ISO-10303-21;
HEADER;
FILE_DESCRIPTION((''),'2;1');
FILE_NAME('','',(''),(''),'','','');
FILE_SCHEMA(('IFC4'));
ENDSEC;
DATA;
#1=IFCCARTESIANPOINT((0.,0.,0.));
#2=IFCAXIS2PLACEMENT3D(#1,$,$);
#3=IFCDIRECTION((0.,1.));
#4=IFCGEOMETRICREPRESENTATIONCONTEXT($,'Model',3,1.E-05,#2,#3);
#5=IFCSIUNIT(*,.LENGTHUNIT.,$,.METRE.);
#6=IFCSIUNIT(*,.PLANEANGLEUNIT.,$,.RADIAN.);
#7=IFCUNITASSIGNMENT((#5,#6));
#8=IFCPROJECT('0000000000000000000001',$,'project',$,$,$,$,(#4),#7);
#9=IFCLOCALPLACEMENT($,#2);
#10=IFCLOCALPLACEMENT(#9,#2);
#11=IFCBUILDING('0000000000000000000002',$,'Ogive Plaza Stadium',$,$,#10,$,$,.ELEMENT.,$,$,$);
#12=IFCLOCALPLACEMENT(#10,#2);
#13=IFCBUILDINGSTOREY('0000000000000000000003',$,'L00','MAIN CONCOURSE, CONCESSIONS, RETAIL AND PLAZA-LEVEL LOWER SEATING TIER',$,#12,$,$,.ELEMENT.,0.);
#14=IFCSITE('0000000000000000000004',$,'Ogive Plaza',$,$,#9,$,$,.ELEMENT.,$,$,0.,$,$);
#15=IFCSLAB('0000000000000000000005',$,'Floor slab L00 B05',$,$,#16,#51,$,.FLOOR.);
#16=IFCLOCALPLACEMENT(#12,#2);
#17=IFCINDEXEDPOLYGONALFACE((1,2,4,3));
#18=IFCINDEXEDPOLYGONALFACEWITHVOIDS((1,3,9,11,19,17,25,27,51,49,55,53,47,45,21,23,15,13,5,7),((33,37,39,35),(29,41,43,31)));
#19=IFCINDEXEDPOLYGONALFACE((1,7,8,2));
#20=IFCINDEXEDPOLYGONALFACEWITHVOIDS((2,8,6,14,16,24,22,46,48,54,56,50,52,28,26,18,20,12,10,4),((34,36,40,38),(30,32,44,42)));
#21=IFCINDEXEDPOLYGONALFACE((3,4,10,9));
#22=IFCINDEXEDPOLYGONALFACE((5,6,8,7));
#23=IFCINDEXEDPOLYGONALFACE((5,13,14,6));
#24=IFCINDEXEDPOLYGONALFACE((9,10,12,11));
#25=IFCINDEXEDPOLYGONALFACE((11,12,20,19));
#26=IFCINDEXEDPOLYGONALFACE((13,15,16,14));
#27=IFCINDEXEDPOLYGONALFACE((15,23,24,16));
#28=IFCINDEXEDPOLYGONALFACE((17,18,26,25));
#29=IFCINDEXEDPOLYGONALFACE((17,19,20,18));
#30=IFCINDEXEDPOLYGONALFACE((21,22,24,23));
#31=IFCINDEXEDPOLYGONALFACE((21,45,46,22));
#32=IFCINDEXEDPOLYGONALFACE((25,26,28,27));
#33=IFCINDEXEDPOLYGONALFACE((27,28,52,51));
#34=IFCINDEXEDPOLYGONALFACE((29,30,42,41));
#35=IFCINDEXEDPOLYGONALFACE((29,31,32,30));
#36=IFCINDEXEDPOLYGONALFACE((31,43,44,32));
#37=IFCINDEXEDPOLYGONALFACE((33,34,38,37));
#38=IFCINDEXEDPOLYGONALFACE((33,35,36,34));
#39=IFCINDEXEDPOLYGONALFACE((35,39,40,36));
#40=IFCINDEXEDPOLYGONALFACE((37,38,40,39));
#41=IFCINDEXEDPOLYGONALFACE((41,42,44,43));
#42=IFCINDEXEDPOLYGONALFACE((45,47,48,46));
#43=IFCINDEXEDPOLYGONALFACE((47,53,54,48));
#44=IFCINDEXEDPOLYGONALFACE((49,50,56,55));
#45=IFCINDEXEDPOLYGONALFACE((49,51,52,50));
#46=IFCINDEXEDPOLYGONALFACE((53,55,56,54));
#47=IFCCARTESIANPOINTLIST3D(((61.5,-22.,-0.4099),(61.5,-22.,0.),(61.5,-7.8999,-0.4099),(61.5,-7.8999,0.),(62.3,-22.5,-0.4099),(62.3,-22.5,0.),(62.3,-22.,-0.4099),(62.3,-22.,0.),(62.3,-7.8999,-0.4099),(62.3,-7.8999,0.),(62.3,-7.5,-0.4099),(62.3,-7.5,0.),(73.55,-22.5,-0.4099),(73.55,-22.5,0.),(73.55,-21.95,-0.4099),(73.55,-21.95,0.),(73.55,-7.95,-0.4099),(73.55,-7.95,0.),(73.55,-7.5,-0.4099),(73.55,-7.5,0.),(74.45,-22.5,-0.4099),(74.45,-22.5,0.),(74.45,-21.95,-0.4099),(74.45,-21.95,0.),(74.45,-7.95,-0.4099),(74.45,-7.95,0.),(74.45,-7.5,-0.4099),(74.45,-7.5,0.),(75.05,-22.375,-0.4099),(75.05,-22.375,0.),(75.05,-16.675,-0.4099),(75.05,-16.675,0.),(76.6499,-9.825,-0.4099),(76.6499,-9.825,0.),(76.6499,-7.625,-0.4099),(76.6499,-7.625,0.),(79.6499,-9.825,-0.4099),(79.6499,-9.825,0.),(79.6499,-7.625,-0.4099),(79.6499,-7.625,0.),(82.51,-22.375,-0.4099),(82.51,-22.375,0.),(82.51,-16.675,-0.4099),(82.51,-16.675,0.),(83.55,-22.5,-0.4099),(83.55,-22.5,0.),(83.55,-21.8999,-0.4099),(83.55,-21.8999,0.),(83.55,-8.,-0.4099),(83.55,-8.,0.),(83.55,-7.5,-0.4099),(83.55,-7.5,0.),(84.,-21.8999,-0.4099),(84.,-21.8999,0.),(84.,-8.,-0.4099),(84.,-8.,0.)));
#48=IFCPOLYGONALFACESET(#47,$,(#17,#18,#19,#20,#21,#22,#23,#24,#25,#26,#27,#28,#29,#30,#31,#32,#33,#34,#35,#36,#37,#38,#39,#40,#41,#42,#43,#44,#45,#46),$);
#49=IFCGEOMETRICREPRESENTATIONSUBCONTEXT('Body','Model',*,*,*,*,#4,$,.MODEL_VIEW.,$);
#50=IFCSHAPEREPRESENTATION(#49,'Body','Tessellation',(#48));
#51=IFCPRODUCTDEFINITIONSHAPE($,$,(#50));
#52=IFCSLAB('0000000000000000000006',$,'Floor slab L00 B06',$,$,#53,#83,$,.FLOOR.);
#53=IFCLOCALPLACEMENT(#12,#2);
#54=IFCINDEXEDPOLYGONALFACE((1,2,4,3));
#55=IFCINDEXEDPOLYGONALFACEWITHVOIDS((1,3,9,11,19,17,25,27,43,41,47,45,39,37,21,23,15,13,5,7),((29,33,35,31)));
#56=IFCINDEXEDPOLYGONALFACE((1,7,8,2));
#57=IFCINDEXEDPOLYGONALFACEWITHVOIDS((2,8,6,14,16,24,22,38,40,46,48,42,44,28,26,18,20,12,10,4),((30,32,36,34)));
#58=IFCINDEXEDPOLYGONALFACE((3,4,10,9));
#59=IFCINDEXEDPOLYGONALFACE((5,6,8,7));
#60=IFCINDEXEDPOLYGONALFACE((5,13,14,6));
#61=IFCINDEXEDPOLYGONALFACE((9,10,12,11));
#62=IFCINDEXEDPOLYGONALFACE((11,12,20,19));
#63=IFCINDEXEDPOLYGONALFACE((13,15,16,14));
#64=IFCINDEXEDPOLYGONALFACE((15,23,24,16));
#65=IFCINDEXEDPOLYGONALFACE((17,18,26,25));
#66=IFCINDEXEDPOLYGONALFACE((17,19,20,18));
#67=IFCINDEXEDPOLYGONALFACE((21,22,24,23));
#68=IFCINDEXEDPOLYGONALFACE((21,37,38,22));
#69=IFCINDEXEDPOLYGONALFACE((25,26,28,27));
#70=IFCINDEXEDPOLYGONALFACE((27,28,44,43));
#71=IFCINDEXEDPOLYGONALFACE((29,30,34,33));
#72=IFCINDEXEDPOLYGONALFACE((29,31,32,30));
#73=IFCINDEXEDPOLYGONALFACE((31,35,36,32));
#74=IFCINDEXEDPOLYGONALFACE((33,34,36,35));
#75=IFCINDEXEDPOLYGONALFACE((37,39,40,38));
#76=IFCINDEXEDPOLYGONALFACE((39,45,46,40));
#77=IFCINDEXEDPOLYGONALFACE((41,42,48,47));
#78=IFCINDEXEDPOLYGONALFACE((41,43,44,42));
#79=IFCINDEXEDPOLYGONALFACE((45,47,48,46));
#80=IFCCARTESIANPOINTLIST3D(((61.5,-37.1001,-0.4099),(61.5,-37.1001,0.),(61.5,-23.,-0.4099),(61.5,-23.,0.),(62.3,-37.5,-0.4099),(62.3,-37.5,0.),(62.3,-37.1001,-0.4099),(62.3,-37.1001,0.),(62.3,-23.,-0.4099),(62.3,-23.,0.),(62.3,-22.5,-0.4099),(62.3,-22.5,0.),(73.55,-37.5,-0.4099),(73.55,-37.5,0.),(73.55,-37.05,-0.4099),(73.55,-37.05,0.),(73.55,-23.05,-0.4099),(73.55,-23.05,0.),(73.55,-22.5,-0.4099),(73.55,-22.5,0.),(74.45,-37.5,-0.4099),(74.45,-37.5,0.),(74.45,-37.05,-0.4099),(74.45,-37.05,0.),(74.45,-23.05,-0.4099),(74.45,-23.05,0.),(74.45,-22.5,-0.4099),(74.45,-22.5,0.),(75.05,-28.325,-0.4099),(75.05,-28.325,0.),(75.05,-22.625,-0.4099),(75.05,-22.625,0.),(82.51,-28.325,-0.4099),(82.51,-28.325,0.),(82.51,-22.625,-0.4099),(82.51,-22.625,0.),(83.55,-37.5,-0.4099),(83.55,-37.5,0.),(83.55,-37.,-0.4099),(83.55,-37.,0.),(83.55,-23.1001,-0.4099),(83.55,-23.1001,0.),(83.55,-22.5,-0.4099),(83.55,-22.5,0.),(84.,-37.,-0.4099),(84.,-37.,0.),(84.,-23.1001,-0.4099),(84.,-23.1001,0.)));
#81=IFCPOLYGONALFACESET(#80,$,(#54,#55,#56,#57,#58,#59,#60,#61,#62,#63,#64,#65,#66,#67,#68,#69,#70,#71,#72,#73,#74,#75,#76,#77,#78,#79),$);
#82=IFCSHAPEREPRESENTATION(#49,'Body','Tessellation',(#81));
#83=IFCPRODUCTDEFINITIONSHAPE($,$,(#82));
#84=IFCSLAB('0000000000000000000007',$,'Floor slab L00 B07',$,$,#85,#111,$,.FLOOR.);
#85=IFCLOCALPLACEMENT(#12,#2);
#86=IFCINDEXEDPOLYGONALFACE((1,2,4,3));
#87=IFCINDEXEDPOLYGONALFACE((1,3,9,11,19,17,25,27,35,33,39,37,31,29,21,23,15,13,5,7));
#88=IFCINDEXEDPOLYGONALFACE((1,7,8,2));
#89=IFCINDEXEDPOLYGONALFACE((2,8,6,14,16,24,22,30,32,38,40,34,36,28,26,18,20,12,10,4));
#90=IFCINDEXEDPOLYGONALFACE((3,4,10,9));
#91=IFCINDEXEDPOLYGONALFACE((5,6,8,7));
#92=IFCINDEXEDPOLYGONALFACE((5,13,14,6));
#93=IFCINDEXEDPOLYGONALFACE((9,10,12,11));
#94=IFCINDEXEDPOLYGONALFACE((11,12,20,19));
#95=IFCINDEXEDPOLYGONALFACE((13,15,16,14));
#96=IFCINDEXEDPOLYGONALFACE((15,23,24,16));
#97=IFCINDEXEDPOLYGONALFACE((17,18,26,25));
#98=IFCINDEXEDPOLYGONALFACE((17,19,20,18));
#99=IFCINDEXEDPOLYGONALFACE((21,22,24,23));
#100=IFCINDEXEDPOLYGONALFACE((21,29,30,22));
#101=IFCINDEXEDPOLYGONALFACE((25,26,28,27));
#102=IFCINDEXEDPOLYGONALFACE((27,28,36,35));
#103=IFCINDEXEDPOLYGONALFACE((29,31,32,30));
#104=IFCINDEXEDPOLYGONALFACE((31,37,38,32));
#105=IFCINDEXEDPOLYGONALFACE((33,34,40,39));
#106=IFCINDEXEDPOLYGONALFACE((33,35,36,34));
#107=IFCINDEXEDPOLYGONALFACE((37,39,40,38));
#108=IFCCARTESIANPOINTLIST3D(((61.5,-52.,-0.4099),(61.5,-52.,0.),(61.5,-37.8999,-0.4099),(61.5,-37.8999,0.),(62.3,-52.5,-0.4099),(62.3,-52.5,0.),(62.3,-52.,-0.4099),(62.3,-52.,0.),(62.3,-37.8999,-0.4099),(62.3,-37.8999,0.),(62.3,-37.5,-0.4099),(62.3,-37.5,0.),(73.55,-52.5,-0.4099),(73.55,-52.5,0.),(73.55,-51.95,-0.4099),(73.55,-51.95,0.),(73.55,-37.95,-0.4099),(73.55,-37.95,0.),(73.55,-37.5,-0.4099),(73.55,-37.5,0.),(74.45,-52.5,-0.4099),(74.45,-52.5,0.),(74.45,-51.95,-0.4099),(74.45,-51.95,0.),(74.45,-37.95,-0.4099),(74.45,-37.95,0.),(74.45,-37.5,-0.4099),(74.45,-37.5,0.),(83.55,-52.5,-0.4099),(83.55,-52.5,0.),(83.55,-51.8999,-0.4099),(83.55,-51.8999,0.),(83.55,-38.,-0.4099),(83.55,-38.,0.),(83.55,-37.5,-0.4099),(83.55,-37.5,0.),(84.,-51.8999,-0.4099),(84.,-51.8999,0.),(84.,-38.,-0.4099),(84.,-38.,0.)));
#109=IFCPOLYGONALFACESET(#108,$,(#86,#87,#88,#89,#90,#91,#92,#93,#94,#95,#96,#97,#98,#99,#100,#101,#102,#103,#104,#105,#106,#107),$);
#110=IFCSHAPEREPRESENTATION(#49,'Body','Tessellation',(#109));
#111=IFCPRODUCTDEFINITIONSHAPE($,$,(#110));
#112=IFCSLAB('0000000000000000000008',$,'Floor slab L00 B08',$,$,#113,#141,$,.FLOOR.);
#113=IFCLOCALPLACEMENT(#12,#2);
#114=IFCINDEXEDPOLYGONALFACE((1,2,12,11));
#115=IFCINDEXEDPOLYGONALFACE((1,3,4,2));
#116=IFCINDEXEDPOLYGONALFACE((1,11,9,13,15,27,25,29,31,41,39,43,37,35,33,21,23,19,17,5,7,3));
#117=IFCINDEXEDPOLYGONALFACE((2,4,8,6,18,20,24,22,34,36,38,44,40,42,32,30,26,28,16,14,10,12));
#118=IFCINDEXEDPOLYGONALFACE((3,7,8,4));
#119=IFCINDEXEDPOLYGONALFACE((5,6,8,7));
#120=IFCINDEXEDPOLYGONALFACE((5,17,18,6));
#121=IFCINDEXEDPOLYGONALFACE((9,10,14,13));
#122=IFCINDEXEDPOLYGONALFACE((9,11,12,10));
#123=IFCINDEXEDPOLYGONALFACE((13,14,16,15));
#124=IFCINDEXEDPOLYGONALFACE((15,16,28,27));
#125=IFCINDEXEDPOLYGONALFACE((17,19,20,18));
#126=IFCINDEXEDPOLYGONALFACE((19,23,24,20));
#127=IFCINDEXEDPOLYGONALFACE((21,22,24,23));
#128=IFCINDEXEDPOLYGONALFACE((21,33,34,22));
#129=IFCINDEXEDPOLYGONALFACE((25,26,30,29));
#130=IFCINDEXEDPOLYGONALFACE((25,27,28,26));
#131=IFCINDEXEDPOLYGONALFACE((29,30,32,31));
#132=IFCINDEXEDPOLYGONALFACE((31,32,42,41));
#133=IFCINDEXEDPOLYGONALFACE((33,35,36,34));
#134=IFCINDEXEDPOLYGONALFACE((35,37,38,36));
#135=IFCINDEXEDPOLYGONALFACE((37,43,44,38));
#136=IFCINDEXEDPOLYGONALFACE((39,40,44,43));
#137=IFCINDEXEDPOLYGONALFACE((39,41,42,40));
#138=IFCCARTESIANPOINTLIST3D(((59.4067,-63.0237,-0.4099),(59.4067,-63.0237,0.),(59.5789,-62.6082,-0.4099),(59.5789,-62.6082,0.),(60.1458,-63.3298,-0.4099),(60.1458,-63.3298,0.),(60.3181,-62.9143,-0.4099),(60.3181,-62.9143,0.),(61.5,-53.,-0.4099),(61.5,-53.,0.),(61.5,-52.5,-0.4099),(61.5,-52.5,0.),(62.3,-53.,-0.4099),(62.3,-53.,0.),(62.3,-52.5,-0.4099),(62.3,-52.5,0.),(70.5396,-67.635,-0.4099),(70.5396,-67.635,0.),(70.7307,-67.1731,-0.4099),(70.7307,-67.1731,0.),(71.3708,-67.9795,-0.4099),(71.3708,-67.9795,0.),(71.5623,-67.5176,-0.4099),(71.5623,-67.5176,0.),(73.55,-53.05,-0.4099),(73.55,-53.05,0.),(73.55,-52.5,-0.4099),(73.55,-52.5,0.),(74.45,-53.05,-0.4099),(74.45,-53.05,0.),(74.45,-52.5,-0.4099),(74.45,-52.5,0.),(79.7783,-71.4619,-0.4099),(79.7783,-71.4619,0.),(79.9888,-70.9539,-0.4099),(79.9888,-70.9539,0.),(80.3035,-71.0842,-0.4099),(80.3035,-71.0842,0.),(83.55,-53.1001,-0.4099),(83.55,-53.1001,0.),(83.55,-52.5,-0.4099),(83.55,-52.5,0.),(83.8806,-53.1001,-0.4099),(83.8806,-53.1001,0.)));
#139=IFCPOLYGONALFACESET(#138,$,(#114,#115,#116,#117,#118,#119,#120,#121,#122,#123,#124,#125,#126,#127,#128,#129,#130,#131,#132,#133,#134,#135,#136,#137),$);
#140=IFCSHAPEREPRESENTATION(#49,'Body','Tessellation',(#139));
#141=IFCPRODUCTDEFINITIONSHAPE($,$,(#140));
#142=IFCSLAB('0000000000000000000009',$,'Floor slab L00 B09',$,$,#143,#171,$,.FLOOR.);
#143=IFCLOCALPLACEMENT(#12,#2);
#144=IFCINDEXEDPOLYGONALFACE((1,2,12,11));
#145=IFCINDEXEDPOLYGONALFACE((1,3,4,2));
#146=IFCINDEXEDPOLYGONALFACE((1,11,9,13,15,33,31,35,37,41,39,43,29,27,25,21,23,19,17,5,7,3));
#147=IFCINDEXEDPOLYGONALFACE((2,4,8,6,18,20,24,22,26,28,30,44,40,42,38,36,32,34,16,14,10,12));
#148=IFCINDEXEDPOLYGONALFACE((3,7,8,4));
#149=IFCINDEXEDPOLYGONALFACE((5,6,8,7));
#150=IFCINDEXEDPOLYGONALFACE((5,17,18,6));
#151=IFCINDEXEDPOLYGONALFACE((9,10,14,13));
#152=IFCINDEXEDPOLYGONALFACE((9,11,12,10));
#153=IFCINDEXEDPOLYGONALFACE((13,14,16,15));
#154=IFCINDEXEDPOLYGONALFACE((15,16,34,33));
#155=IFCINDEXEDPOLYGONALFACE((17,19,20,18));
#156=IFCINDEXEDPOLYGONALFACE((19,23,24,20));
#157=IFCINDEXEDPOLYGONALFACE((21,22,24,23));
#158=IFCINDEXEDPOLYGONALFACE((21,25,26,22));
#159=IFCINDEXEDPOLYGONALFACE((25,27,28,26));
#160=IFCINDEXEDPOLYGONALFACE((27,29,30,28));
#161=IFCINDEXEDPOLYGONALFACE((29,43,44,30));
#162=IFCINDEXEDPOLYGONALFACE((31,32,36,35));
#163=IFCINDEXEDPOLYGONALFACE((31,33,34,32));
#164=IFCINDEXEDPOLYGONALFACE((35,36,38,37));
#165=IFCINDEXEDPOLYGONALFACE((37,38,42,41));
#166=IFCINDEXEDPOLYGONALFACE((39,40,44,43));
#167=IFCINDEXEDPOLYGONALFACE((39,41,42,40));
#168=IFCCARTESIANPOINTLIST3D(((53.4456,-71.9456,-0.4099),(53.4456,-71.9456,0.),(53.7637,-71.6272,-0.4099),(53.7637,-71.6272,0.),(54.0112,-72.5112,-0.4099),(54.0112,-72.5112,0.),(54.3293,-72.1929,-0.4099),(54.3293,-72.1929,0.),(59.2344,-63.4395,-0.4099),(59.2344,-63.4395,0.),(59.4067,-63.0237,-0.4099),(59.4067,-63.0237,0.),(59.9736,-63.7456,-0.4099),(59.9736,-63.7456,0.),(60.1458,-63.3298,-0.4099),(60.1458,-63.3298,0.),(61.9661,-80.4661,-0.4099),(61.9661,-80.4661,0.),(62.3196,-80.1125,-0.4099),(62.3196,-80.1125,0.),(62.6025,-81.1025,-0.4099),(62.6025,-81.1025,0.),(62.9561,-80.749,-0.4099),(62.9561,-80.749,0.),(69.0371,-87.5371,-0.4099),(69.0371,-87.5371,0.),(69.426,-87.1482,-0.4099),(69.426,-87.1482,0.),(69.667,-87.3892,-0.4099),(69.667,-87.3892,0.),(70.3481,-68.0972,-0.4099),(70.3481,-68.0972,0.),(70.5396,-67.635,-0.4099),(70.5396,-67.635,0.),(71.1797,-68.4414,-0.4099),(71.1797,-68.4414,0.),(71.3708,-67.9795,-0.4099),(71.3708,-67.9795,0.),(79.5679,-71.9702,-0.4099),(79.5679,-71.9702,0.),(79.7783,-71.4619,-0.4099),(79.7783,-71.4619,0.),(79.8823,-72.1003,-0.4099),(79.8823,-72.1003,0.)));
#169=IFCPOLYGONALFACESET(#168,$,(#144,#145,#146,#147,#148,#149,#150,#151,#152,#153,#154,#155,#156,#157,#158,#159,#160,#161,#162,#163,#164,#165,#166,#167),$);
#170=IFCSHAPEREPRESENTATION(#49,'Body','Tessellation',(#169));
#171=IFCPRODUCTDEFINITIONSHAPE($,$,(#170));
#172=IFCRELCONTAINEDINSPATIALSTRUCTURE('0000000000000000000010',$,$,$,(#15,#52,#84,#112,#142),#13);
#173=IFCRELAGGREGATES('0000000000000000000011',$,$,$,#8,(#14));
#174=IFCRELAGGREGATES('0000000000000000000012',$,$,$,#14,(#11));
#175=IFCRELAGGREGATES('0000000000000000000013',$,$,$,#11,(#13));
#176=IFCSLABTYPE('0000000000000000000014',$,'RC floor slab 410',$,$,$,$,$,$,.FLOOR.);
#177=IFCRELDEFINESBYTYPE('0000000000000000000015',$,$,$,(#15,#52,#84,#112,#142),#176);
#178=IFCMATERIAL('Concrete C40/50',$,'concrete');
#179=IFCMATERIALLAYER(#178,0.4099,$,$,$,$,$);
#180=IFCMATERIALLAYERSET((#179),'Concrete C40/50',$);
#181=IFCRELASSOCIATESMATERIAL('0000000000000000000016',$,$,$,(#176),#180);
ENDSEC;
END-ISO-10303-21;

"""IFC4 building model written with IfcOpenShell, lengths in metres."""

from ifc_helpers import new_model, si_unit, direction, frame, origin, place, context, subcontext, project, spatial, polyline, outline, extrude, material, layer, layer_set, type_object, element, save


model = new_model("IFC4")

# Units and contexts
model_context = context("Model", 3, precision=1e-05, world=origin(), true_north=direction((0.0, 1.0)))
body_context = subcontext(model_context, "Body", "Model", "MODEL_VIEW")
ifc_project = project(units=[si_unit("LENGTHUNIT", "METRE"), si_unit("PLANEANGLEUNIT", "RADIAN")], contexts=[model_context])

# Site, building, storey
site_placement = place(None, origin())
site = spatial("IfcSite", under=ifc_project, at=site_placement, Name="Ogive Plaza", CompositionType="ELEMENT", RefElevation=0.0)
building_placement = place(site_placement, origin())
building = spatial("IfcBuilding", under=site, at=building_placement, Name="Ogive Plaza Stadium", CompositionType="ELEMENT")
storey_placement = place(building_placement, origin())
storey = spatial("IfcBuildingStorey", under=building, at=storey_placement, Name="L00", Description="MAIN CONCOURSE, CONCESSIONS, RETAIL AND PLAZA-LEVEL LOWER SEATING TIER", CompositionType="ELEMENT", Elevation=0.0)

# Slabs
ifc_material = material(Name="Concrete C40/50", Category="concrete")
ifc_layer = layer(ifc_material, 0.4099)
ifc_layer_set = layer_set([ifc_layer], Name="Concrete C40/50")
slab_type = type_object("IfcSlabType", Name="RC floor slab 410", PredefinedType="FLOOR", material=ifc_layer_set)
slab_1_placement = place(storey_placement, frame((0.0, 0.0, -0.4099)))
element("IfcSlab", 1, at=slab_1_placement, inside=storey, type_object=slab_type, Name="Floor slab L00 B05", PredefinedType="FLOOR", context=body_context, shape_type="SweptSolid", body=[
    extrude(outline(polyline([(73.55, -22.5), (73.55, -21.95), (74.45, -21.95), (74.45, -22.5), (83.55, -22.5), (83.55, -21.8999), (84.0, -21.8999), (84.0, -8.0), (83.55, -8.0), (83.55, -7.5), (74.45, -7.5), (74.45, -7.95), (73.55, -7.95), (73.55, -7.5), (62.3, -7.5), (62.3, -7.8999), (61.5, -7.8999), (61.5, -22.0), (62.3, -22.0), (62.3, -22.5), (73.55, -22.5)]), holes=[polyline([(75.05, -16.675), (75.05, -22.375), (82.51, -22.375), (82.51, -16.675), (75.05, -16.675)]), polyline([(76.6499, -7.625), (76.6499, -9.825), (79.6499, -9.825), (79.6499, -7.625), (76.6499, -7.625)])]), origin(), (0.0, 0.0, 1.0), 0.4099),
])
slab_2_placement = place(storey_placement, frame((0.0, 0.0, -0.4099)))
element("IfcSlab", 2, at=slab_2_placement, inside=storey, type_object=slab_type, Name="Floor slab L00 B06", PredefinedType="FLOOR", context=body_context, shape_type="SweptSolid", body=[
    extrude(outline(polyline([(73.55, -37.5), (73.55, -37.05), (74.45, -37.05), (74.45, -37.5), (83.55, -37.5), (83.55, -37.0), (84.0, -37.0), (84.0, -23.1001), (83.55, -23.1001), (83.55, -22.5), (74.45, -22.5), (74.45, -23.05), (73.55, -23.05), (73.55, -22.5), (62.3, -22.5), (62.3, -23.0), (61.5, -23.0), (61.5, -37.1001), (62.3, -37.1001), (62.3, -37.5), (73.55, -37.5)]), holes=[polyline([(75.05, -28.325), (82.51, -28.325), (82.51, -22.625), (75.05, -22.625), (75.05, -28.325)])]), origin(), (0.0, 0.0, 1.0), 0.4099),
])
slab_3_placement = place(storey_placement, frame((0.0, 0.0, -0.4099)))
element("IfcSlab", 3, at=slab_3_placement, inside=storey, type_object=slab_type, Name="Floor slab L00 B07", PredefinedType="FLOOR", context=body_context, shape_type="SweptSolid", body=[
    extrude(outline(polyline([(73.55, -52.5), (73.55, -51.95), (74.45, -51.95), (74.45, -52.5), (83.55, -52.5), (83.55, -51.8999), (84.0, -51.8999), (84.0, -38.0), (83.55, -38.0), (83.55, -37.5), (74.45, -37.5), (74.45, -37.95), (73.55, -37.95), (73.55, -37.5), (62.3, -37.5), (62.3, -37.8999), (61.5, -37.8999), (61.5, -52.0), (62.3, -52.0), (62.3, -52.5), (73.55, -52.5)])), origin(), (0.0, 0.0, 1.0), 0.4099),
])
slab_4_placement = place(storey_placement, frame((0.0, 0.0, -0.4099)))
element("IfcSlab", 4, at=slab_4_placement, inside=storey, type_object=slab_type, Name="Floor slab L00 B08", PredefinedType="FLOOR", context=body_context, shape_type="SweptSolid", body=[
    extrude(outline(polyline([(70.5396, -67.635), (70.7307, -67.1731), (71.5623, -67.5176), (71.3708, -67.9795), (79.7783, -71.4619), (79.9888, -70.9539), (80.3035, -71.0842), (83.8806, -53.1001), (83.55, -53.1001), (83.55, -52.5), (74.45, -52.5), (74.45, -53.05), (73.55, -53.05), (73.55, -52.5), (62.3, -52.5), (62.3, -53.0), (61.5, -53.0), (61.5, -52.5), (59.4067, -63.0237), (59.5789, -62.6082), (60.3181, -62.9143), (60.1458, -63.3298), (70.5396, -67.635)])), origin(), (0.0, 0.0, 1.0), 0.4099),
])
slab_5_placement = place(storey_placement, frame((0.0, 0.0, -0.4099)))
element("IfcSlab", 5, at=slab_5_placement, inside=storey, type_object=slab_type, Name="Floor slab L00 B09", PredefinedType="FLOOR", context=body_context, shape_type="SweptSolid", body=[
    extrude(outline(polyline([(61.9661, -80.4661), (62.3196, -80.1125), (62.9561, -80.749), (62.6025, -81.1025), (69.0371, -87.5371), (69.426, -87.1482), (69.667, -87.3892), (79.8823, -72.1003), (79.5679, -71.9702), (79.7783, -71.4619), (71.3708, -67.9795), (71.1797, -68.4414), (70.3481, -68.0972), (70.5396, -67.635), (60.1458, -63.3298), (59.9736, -63.7456), (59.2344, -63.4395), (59.4067, -63.0237), (53.4456, -71.9456), (53.7637, -71.6272), (54.3293, -72.1929), (54.0112, -72.5112), (61.9661, -80.4661)])), origin(), (0.0, 0.0, 1.0), 0.4099),
])

save(model, "model.ifc")
